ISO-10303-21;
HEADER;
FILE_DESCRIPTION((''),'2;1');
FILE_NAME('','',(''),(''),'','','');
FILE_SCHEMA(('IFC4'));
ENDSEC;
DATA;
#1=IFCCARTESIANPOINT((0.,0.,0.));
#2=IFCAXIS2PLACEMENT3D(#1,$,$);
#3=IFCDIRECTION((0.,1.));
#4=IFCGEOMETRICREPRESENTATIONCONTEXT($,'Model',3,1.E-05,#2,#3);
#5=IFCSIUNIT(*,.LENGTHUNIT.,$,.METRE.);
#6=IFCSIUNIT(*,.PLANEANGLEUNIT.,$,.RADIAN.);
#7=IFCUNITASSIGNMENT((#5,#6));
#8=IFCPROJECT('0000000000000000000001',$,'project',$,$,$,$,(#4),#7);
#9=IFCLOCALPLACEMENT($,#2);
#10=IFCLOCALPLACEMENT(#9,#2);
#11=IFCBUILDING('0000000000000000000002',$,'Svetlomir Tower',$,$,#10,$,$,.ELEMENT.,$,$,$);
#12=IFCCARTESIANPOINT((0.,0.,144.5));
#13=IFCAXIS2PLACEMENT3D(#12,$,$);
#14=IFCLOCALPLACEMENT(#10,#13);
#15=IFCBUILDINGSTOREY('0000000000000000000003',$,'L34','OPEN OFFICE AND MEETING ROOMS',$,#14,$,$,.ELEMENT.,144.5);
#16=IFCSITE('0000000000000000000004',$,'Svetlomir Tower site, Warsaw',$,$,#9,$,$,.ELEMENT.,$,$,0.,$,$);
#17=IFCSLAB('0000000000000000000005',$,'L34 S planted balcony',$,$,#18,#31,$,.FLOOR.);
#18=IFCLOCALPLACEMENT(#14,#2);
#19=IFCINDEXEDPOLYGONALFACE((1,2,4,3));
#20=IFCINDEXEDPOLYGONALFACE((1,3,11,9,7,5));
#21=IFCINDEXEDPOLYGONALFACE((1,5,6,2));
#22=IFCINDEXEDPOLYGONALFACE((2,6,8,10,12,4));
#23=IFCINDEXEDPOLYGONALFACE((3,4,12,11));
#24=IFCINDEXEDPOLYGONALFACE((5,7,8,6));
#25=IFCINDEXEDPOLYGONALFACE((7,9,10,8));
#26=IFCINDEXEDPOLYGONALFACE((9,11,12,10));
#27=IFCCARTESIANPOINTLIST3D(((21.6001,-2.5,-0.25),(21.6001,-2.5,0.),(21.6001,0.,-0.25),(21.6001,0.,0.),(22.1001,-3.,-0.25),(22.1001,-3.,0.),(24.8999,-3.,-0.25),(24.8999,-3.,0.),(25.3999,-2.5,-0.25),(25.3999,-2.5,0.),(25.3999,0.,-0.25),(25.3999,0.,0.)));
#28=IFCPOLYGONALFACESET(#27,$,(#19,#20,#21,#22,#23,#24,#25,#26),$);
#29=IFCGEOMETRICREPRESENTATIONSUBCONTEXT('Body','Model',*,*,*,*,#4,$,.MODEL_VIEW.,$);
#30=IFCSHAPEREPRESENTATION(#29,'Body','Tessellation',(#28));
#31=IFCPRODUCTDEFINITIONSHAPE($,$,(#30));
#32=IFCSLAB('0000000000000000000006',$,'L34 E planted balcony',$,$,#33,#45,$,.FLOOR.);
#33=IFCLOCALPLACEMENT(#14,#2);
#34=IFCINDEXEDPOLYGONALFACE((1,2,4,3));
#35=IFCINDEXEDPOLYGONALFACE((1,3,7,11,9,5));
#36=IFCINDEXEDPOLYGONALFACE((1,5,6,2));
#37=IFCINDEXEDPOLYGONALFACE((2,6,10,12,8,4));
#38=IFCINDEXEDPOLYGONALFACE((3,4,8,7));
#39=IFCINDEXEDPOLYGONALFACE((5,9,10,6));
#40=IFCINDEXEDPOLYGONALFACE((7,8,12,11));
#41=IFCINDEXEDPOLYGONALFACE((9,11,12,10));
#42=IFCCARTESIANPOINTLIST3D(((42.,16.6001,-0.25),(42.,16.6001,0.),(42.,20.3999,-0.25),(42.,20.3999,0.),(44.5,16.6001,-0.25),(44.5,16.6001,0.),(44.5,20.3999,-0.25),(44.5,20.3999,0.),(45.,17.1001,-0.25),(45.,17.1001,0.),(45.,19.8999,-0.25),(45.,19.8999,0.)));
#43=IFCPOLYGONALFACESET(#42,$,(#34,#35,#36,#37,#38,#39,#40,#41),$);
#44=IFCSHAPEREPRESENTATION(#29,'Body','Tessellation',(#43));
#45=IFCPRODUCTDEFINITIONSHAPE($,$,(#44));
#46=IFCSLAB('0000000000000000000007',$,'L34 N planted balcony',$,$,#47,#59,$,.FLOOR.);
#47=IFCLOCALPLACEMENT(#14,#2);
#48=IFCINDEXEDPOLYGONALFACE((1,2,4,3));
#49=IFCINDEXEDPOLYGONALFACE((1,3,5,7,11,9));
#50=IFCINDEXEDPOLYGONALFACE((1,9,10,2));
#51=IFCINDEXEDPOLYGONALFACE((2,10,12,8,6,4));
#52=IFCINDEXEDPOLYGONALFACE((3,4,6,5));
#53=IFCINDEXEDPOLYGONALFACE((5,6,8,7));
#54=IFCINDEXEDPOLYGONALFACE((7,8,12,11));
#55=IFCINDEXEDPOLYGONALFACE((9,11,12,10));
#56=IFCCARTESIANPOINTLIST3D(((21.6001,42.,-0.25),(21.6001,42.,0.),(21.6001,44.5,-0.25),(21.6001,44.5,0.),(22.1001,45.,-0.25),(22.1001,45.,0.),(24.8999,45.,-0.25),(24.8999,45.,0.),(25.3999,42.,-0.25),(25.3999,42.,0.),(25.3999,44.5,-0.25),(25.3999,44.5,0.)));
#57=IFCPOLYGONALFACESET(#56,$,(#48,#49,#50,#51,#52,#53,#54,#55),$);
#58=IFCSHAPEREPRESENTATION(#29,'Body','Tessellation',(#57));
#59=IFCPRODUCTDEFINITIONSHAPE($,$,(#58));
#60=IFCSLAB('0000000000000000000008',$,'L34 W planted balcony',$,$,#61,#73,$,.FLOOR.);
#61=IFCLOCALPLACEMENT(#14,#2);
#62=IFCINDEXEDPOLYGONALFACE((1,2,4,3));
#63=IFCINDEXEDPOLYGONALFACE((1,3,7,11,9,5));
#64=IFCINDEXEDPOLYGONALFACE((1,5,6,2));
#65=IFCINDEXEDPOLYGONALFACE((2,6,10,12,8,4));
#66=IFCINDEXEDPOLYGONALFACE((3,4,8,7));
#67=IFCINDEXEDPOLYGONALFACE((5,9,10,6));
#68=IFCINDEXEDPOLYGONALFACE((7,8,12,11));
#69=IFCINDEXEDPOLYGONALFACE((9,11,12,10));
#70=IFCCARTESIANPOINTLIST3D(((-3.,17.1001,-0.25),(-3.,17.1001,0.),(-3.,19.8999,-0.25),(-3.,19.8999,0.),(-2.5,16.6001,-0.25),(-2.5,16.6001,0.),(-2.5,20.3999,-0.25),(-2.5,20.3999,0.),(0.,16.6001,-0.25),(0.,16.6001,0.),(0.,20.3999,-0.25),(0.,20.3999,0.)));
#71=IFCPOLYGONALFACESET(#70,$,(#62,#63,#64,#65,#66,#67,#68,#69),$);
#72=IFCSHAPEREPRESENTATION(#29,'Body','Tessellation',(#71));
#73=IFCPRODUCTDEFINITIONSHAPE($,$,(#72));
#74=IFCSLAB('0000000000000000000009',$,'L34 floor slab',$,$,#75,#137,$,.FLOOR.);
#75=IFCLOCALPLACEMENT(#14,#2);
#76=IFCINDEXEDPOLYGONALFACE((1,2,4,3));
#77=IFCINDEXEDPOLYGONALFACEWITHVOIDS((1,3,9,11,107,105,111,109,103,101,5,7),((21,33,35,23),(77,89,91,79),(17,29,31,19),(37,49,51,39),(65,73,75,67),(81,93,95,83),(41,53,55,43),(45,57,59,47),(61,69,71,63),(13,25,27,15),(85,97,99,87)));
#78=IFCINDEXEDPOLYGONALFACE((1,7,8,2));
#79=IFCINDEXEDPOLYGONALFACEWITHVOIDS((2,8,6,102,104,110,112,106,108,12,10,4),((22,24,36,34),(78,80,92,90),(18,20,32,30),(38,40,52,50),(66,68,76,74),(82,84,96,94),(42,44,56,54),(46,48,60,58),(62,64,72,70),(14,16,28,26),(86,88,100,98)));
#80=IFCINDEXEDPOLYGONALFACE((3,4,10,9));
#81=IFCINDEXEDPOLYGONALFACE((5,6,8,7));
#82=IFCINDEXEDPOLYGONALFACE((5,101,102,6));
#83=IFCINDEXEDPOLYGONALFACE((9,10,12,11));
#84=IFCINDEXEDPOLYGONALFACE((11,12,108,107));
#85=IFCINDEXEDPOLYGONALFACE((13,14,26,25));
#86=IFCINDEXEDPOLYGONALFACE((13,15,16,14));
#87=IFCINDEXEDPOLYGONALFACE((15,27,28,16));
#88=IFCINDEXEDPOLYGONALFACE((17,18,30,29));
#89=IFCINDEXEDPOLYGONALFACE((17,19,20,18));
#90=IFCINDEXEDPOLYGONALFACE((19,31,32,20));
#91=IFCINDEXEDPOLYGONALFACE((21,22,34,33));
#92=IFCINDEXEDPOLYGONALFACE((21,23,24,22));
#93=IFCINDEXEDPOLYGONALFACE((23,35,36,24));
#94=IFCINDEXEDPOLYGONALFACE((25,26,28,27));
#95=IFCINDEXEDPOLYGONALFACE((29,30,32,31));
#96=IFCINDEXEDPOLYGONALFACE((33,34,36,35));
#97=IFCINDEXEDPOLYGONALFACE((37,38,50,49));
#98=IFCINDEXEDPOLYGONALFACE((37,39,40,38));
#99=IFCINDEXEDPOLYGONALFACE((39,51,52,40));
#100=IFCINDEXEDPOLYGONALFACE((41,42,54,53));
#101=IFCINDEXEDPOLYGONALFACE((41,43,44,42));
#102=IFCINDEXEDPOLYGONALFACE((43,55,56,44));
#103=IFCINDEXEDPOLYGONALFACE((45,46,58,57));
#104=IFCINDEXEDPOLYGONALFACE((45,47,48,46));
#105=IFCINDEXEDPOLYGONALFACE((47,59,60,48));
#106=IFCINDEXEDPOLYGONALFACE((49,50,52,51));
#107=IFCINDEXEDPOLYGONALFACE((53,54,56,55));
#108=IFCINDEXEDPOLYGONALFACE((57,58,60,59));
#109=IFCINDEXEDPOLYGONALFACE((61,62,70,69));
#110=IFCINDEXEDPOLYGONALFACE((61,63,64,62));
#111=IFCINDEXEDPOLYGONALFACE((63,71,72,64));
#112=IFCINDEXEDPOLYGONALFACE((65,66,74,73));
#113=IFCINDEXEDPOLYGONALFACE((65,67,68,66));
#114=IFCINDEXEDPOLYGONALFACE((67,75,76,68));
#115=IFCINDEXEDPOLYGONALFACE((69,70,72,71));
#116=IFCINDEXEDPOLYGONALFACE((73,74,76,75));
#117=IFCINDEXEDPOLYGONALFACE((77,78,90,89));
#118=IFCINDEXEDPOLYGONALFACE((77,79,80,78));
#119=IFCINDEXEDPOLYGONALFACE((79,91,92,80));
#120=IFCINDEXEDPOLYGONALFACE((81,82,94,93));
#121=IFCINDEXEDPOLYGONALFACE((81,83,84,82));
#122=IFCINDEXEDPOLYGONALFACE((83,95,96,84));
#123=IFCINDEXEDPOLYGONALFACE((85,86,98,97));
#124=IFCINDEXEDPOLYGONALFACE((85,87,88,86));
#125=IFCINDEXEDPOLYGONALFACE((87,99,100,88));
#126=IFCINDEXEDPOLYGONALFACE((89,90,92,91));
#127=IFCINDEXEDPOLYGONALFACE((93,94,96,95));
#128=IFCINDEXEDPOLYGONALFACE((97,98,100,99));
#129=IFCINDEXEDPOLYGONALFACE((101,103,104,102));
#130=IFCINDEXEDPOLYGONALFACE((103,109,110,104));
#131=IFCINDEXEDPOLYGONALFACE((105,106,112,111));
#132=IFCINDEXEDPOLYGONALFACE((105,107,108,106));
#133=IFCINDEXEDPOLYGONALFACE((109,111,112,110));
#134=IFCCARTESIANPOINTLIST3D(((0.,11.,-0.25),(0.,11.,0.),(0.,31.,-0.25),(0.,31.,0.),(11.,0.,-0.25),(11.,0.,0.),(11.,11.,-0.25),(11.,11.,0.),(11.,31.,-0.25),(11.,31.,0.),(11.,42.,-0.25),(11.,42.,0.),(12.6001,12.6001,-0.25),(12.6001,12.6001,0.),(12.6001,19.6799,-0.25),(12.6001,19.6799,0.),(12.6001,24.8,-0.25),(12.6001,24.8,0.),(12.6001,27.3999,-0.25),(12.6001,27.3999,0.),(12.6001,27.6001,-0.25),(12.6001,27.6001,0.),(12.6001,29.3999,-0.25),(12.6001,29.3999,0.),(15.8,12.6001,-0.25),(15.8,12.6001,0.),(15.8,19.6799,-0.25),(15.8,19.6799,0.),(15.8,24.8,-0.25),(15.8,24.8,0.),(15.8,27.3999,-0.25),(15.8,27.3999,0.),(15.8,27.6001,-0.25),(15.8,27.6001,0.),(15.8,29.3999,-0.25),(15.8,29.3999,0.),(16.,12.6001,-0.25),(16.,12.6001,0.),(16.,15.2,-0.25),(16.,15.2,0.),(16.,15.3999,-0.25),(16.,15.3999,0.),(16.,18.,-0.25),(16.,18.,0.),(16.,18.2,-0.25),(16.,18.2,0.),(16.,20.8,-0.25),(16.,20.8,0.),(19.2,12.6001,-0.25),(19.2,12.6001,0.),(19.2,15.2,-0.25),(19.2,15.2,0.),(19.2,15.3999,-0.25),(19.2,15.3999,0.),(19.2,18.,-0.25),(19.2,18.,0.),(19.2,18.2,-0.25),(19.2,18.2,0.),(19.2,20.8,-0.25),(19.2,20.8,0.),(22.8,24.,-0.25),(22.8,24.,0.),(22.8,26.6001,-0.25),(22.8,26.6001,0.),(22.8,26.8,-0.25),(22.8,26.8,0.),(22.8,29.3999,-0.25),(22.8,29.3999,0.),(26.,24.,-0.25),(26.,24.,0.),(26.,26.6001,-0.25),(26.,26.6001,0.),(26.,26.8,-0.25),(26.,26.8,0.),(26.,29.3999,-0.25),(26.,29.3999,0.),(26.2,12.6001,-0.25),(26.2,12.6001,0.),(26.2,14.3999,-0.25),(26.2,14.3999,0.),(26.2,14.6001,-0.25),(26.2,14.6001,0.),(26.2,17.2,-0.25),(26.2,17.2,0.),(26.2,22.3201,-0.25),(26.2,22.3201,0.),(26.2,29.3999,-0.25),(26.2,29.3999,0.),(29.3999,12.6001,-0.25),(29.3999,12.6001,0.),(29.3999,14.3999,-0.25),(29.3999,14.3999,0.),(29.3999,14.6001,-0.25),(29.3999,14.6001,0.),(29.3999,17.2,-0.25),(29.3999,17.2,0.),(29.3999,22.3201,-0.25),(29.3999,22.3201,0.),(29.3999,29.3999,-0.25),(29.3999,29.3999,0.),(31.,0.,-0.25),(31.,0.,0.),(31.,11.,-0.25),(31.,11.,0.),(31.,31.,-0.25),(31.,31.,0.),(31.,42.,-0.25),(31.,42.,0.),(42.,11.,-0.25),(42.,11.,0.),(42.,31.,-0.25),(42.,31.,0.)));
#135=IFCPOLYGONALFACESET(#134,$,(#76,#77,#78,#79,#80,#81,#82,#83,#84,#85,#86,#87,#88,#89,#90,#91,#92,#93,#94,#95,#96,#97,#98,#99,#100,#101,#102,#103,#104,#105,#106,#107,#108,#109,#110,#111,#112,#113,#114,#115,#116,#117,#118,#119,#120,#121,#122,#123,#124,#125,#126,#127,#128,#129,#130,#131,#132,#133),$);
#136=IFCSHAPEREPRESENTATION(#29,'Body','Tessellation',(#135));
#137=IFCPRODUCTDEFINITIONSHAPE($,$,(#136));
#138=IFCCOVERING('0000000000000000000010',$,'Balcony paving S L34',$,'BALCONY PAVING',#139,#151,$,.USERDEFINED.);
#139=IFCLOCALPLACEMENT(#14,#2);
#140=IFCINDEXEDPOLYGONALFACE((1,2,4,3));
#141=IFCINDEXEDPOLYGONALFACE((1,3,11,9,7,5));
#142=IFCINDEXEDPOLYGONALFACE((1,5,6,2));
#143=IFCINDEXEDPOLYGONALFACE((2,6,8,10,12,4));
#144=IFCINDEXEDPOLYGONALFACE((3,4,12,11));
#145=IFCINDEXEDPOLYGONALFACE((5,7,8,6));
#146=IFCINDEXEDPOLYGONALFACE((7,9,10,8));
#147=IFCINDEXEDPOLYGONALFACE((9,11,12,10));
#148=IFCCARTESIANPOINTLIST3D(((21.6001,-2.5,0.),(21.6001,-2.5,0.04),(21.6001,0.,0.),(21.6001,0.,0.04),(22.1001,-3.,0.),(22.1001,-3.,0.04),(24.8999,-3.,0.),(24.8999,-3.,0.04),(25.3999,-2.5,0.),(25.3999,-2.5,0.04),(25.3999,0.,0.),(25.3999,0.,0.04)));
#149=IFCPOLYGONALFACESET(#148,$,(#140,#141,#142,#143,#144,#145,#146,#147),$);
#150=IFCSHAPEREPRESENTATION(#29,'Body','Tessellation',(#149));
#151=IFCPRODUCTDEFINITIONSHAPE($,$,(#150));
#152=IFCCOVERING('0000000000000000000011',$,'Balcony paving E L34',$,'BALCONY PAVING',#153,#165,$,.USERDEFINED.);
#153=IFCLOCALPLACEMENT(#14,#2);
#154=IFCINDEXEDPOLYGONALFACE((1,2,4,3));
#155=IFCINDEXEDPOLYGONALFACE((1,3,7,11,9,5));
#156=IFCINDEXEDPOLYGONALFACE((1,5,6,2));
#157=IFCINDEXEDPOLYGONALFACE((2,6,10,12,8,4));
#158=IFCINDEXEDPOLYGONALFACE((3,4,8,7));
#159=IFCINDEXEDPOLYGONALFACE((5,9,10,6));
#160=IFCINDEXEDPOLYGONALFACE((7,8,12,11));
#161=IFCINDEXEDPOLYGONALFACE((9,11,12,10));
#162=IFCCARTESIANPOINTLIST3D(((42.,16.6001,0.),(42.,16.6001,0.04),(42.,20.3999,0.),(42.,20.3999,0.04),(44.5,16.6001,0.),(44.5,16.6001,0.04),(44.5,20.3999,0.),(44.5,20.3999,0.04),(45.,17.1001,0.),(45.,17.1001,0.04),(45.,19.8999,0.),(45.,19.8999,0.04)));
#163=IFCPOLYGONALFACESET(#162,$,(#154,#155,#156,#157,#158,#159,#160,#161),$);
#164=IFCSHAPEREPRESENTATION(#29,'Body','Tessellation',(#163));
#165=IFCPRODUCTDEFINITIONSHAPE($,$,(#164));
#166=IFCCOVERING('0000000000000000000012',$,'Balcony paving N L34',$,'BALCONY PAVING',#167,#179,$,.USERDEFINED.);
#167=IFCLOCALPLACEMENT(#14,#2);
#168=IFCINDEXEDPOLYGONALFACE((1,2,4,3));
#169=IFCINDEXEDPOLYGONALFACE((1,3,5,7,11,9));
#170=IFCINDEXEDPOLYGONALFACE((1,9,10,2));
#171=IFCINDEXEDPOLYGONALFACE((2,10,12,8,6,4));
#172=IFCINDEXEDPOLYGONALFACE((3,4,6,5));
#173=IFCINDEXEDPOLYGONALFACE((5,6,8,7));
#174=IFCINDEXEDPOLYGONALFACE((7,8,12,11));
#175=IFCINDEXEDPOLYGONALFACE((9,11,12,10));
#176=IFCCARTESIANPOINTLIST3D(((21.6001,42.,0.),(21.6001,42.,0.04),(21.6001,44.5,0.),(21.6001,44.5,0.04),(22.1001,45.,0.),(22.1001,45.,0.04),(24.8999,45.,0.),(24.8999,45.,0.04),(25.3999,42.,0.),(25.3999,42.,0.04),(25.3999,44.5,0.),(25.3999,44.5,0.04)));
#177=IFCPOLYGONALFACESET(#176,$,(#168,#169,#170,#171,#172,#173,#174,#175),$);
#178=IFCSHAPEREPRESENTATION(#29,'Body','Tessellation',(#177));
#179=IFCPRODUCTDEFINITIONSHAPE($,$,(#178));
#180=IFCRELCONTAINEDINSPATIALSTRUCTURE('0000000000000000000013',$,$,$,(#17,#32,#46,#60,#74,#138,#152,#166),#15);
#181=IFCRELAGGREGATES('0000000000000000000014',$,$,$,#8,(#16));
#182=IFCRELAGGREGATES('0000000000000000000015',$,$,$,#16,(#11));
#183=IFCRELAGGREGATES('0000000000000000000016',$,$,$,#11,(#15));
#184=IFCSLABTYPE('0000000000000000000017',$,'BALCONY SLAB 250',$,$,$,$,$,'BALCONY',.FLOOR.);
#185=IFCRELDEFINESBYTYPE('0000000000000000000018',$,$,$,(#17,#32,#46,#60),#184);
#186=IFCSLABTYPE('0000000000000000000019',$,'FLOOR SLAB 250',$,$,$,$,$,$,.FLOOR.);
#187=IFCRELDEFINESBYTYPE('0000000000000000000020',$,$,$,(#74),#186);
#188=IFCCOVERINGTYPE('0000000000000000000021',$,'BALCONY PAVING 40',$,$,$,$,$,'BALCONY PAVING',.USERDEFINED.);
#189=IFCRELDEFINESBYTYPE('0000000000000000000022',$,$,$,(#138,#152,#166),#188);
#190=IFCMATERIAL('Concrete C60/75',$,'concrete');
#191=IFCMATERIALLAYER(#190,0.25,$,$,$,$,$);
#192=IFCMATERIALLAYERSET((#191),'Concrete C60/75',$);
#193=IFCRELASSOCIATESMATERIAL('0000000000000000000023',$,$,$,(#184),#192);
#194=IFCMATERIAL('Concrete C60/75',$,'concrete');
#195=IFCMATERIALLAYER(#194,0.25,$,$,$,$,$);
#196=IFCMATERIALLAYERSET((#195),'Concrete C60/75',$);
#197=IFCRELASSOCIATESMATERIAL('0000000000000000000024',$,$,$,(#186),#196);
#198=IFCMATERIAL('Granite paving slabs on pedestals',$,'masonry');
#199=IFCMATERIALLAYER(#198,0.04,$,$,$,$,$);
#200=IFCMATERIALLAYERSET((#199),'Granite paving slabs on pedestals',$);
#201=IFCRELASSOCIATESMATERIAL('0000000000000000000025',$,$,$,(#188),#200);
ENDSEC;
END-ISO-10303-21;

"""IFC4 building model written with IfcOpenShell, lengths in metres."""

from ifc_helpers import new_model, si_unit, direction, frame, origin, place, context, subcontext, project, spatial, polyline, outline, extrude, material, layer, layer_set, type_object, element, save


model = new_model("IFC4")

# Units and contexts
model_context = context("Model", 3, precision=1e-05, world=origin(), true_north=direction((0.0, 1.0)))
body_context = subcontext(model_context, "Body", "Model", "MODEL_VIEW")
ifc_project = project(units=[si_unit("LENGTHUNIT", "METRE"), si_unit("PLANEANGLEUNIT", "RADIAN")], contexts=[model_context])

# Site, building, storey
site_placement = place(None, origin())
site = spatial("IfcSite", under=ifc_project, at=site_placement, Name="Svetlomir Tower site, Warsaw", CompositionType="ELEMENT", RefElevation=0.0)
building_placement = place(site_placement, origin())
building = spatial("IfcBuilding", under=site, at=building_placement, Name="Svetlomir Tower", CompositionType="ELEMENT")
storey_placement = place(building_placement, frame((0.0, 0.0, 144.5)))
storey = spatial("IfcBuildingStorey", under=building, at=storey_placement, Name="L34", Description="OPEN OFFICE AND MEETING ROOMS", CompositionType="ELEMENT", Elevation=144.5)

# Slabs
ifc_material_1 = material(Name="Concrete C60/75", Category="concrete")
ifc_layer_1 = layer(ifc_material_1, 0.25)
ifc_layer_set_1 = layer_set([ifc_layer_1], Name="Concrete C60/75")
slab_type_1 = type_object("IfcSlabType", Name="BALCONY SLAB 250", ElementType="BALCONY", PredefinedType="FLOOR", material=ifc_layer_set_1)
slab_1_placement = place(storey_placement, frame((0.0, 0.0, -0.25)))
element("IfcSlab", 1, at=slab_1_placement, inside=storey, type_object=slab_type_1, Name="L34 S planted balcony", PredefinedType="FLOOR", context=body_context, shape_type="SweptSolid", body=[
    extrude(outline(polyline([(21.6001, -2.5), (22.1001, -3.0), (24.8999, -3.0), (25.3999, -2.5), (25.3999, 0.0), (21.6001, 0.0), (21.6001, -2.5)])), origin(), (0.0, 0.0, 1.0), 0.25),
])
slab_2_placement = place(storey_placement, frame((0.0, 0.0, -0.25)))
element("IfcSlab", 2, at=slab_2_placement, inside=storey, type_object=slab_type_1, Name="L34 E planted balcony", PredefinedType="FLOOR", context=body_context, shape_type="SweptSolid", body=[
    extrude(outline(polyline([(42.0, 16.6001), (44.5, 16.6001), (45.0, 17.1001), (45.0, 19.8999), (44.5, 20.3999), (42.0, 20.3999), (42.0, 16.6001)])), origin(), (0.0, 0.0, 1.0), 0.25),
])
slab_3_placement = place(storey_placement, frame((0.0, 0.0, -0.25)))
element("IfcSlab", 3, at=slab_3_placement, inside=storey, type_object=slab_type_1, Name="L34 N planted balcony", PredefinedType="FLOOR", context=body_context, shape_type="SweptSolid", body=[
    extrude(outline(polyline([(21.6001, 42.0), (25.3999, 42.0), (25.3999, 44.5), (24.8999, 45.0), (22.1001, 45.0), (21.6001, 44.5), (21.6001, 42.0)])), origin(), (0.0, 0.0, 1.0), 0.25),
])
slab_4_placement = place(storey_placement, frame((0.0, 0.0, -0.25)))
element("IfcSlab", 4, at=slab_4_placement, inside=storey, type_object=slab_type_1, Name="L34 W planted balcony", PredefinedType="FLOOR", context=body_context, shape_type="SweptSolid", body=[
    extrude(outline(polyline([(-2.5, 16.6001), (0.0, 16.6001), (0.0, 20.3999), (-2.5, 20.3999), (-3.0, 19.8999), (-3.0, 17.1001), (-2.5, 16.6001)])), origin(), (0.0, 0.0, 1.0), 0.25),
])
ifc_material_2 = material(Name="Concrete C60/75", Category="concrete")
ifc_layer_2 = layer(ifc_material_2, 0.25)
ifc_layer_set_2 = layer_set([ifc_layer_2], Name="Concrete C60/75")
slab_type_2 = type_object("IfcSlabType", Name="FLOOR SLAB 250", PredefinedType="FLOOR", material=ifc_layer_set_2)
slab_5_placement = place(storey_placement, frame((0.0, 0.0, -0.25)))
element("IfcSlab", 5, at=slab_5_placement, inside=storey, type_object=slab_type_2, Name="L34 floor slab", PredefinedType="FLOOR", context=body_context, shape_type="SweptSolid", body=[
    extrude(outline(polyline([(11.0, 0.0), (31.0, 0.0), (31.0, 11.0), (42.0, 11.0), (42.0, 31.0), (31.0, 31.0), (31.0, 42.0), (11.0, 42.0), (11.0, 31.0), (0.0, 31.0), (0.0, 11.0), (11.0, 11.0), (11.0, 0.0)]), holes=[polyline([(12.6001, 24.8), (15.8, 24.8), (15.8, 27.3999), (12.6001, 27.3999), (12.6001, 24.8)]), polyline([(26.2, 14.6001), (29.3999, 14.6001), (29.3999, 17.2), (26.2, 17.2), (26.2, 14.6001)]), polyline([(16.0, 12.6001), (19.2, 12.6001), (19.2, 15.2), (16.0, 15.2), (16.0, 12.6001)]), polyline([(16.0, 15.3999), (19.2, 15.3999), (19.2, 18.0), (16.0, 18.0), (16.0, 15.3999)]), polyline([(16.0, 18.2), (19.2, 18.2), (19.2, 20.8), (16.0, 20.8), (16.0, 18.2)]), polyline([(22.8, 24.0), (26.0, 24.0), (26.0, 26.6001), (22.8, 26.6001), (22.8, 24.0)]), polyline([(22.8, 26.8), (26.0, 26.8), (26.0, 29.3999), (22.8, 29.3999), (22.8, 26.8)]), polyline([(12.6001, 27.6001), (15.8, 27.6001), (15.8, 29.3999), (12.6001, 29.3999), (12.6001, 27.6001)]), polyline([(26.2, 12.6001), (29.3999, 12.6001), (29.3999, 14.3999), (26.2, 14.3999), (26.2, 12.6001)]), polyline([(12.6001, 12.6001), (15.8, 12.6001), (15.8, 19.6799), (12.6001, 19.6799), (12.6001, 12.6001)]), polyline([(26.2, 22.3201), (29.3999, 22.3201), (29.3999, 29.3999), (26.2, 29.3999), (26.2, 22.3201)])]), origin(), (0.0, 0.0, 1.0), 0.25),
])

# Coverings
ifc_material_3 = material(Name="Granite paving slabs on pedestals", Category="masonry")
ifc_layer_3 = layer(ifc_material_3, 0.04)
ifc_layer_set_3 = layer_set([ifc_layer_3], Name="Granite paving slabs on pedestals")
covering_type_1 = type_object("IfcCoveringType", Name="BALCONY PAVING 40", ElementType="BALCONY PAVING", PredefinedType="USERDEFINED", material=ifc_layer_set_3)
covering_1_placement = place(storey_placement, origin())
element("IfcCovering", 6, at=covering_1_placement, inside=storey, type_object=covering_type_1, Name="Balcony paving S L34", ObjectType="BALCONY PAVING", PredefinedType="USERDEFINED", context=body_context, shape_type="SweptSolid", body=[
    extrude(outline(polyline([(21.6001, -2.5), (22.1001, -3.0), (24.8999, -3.0), (25.3999, -2.5), (25.3999, 0.0), (21.6001, 0.0), (21.6001, -2.5)])), origin(), (0.0, 0.0, 1.0), 0.04),
])
covering_2_placement = place(storey_placement, origin())
element("IfcCovering", 7, at=covering_2_placement, inside=storey, type_object=covering_type_1, Name="Balcony paving E L34", ObjectType="BALCONY PAVING", PredefinedType="USERDEFINED", context=body_context, shape_type="SweptSolid", body=[
    extrude(outline(polyline([(42.0, 16.6001), (44.5, 16.6001), (45.0, 17.1001), (45.0, 19.8999), (44.5, 20.3999), (42.0, 20.3999), (42.0, 16.6001)])), origin(), (0.0, 0.0, 1.0), 0.04),
])
covering_3_placement = place(storey_placement, origin())
element("IfcCovering", 8, at=covering_3_placement, inside=storey, type_object=covering_type_1, Name="Balcony paving N L34", ObjectType="BALCONY PAVING", PredefinedType="USERDEFINED", context=body_context, shape_type="SweptSolid", body=[
    extrude(outline(polyline([(21.6001, 42.0), (25.3999, 42.0), (25.3999, 44.5), (24.8999, 45.0), (22.1001, 45.0), (21.6001, 44.5), (21.6001, 42.0)])), origin(), (0.0, 0.0, 1.0), 0.04),
])

save(model, "model.ifc")
